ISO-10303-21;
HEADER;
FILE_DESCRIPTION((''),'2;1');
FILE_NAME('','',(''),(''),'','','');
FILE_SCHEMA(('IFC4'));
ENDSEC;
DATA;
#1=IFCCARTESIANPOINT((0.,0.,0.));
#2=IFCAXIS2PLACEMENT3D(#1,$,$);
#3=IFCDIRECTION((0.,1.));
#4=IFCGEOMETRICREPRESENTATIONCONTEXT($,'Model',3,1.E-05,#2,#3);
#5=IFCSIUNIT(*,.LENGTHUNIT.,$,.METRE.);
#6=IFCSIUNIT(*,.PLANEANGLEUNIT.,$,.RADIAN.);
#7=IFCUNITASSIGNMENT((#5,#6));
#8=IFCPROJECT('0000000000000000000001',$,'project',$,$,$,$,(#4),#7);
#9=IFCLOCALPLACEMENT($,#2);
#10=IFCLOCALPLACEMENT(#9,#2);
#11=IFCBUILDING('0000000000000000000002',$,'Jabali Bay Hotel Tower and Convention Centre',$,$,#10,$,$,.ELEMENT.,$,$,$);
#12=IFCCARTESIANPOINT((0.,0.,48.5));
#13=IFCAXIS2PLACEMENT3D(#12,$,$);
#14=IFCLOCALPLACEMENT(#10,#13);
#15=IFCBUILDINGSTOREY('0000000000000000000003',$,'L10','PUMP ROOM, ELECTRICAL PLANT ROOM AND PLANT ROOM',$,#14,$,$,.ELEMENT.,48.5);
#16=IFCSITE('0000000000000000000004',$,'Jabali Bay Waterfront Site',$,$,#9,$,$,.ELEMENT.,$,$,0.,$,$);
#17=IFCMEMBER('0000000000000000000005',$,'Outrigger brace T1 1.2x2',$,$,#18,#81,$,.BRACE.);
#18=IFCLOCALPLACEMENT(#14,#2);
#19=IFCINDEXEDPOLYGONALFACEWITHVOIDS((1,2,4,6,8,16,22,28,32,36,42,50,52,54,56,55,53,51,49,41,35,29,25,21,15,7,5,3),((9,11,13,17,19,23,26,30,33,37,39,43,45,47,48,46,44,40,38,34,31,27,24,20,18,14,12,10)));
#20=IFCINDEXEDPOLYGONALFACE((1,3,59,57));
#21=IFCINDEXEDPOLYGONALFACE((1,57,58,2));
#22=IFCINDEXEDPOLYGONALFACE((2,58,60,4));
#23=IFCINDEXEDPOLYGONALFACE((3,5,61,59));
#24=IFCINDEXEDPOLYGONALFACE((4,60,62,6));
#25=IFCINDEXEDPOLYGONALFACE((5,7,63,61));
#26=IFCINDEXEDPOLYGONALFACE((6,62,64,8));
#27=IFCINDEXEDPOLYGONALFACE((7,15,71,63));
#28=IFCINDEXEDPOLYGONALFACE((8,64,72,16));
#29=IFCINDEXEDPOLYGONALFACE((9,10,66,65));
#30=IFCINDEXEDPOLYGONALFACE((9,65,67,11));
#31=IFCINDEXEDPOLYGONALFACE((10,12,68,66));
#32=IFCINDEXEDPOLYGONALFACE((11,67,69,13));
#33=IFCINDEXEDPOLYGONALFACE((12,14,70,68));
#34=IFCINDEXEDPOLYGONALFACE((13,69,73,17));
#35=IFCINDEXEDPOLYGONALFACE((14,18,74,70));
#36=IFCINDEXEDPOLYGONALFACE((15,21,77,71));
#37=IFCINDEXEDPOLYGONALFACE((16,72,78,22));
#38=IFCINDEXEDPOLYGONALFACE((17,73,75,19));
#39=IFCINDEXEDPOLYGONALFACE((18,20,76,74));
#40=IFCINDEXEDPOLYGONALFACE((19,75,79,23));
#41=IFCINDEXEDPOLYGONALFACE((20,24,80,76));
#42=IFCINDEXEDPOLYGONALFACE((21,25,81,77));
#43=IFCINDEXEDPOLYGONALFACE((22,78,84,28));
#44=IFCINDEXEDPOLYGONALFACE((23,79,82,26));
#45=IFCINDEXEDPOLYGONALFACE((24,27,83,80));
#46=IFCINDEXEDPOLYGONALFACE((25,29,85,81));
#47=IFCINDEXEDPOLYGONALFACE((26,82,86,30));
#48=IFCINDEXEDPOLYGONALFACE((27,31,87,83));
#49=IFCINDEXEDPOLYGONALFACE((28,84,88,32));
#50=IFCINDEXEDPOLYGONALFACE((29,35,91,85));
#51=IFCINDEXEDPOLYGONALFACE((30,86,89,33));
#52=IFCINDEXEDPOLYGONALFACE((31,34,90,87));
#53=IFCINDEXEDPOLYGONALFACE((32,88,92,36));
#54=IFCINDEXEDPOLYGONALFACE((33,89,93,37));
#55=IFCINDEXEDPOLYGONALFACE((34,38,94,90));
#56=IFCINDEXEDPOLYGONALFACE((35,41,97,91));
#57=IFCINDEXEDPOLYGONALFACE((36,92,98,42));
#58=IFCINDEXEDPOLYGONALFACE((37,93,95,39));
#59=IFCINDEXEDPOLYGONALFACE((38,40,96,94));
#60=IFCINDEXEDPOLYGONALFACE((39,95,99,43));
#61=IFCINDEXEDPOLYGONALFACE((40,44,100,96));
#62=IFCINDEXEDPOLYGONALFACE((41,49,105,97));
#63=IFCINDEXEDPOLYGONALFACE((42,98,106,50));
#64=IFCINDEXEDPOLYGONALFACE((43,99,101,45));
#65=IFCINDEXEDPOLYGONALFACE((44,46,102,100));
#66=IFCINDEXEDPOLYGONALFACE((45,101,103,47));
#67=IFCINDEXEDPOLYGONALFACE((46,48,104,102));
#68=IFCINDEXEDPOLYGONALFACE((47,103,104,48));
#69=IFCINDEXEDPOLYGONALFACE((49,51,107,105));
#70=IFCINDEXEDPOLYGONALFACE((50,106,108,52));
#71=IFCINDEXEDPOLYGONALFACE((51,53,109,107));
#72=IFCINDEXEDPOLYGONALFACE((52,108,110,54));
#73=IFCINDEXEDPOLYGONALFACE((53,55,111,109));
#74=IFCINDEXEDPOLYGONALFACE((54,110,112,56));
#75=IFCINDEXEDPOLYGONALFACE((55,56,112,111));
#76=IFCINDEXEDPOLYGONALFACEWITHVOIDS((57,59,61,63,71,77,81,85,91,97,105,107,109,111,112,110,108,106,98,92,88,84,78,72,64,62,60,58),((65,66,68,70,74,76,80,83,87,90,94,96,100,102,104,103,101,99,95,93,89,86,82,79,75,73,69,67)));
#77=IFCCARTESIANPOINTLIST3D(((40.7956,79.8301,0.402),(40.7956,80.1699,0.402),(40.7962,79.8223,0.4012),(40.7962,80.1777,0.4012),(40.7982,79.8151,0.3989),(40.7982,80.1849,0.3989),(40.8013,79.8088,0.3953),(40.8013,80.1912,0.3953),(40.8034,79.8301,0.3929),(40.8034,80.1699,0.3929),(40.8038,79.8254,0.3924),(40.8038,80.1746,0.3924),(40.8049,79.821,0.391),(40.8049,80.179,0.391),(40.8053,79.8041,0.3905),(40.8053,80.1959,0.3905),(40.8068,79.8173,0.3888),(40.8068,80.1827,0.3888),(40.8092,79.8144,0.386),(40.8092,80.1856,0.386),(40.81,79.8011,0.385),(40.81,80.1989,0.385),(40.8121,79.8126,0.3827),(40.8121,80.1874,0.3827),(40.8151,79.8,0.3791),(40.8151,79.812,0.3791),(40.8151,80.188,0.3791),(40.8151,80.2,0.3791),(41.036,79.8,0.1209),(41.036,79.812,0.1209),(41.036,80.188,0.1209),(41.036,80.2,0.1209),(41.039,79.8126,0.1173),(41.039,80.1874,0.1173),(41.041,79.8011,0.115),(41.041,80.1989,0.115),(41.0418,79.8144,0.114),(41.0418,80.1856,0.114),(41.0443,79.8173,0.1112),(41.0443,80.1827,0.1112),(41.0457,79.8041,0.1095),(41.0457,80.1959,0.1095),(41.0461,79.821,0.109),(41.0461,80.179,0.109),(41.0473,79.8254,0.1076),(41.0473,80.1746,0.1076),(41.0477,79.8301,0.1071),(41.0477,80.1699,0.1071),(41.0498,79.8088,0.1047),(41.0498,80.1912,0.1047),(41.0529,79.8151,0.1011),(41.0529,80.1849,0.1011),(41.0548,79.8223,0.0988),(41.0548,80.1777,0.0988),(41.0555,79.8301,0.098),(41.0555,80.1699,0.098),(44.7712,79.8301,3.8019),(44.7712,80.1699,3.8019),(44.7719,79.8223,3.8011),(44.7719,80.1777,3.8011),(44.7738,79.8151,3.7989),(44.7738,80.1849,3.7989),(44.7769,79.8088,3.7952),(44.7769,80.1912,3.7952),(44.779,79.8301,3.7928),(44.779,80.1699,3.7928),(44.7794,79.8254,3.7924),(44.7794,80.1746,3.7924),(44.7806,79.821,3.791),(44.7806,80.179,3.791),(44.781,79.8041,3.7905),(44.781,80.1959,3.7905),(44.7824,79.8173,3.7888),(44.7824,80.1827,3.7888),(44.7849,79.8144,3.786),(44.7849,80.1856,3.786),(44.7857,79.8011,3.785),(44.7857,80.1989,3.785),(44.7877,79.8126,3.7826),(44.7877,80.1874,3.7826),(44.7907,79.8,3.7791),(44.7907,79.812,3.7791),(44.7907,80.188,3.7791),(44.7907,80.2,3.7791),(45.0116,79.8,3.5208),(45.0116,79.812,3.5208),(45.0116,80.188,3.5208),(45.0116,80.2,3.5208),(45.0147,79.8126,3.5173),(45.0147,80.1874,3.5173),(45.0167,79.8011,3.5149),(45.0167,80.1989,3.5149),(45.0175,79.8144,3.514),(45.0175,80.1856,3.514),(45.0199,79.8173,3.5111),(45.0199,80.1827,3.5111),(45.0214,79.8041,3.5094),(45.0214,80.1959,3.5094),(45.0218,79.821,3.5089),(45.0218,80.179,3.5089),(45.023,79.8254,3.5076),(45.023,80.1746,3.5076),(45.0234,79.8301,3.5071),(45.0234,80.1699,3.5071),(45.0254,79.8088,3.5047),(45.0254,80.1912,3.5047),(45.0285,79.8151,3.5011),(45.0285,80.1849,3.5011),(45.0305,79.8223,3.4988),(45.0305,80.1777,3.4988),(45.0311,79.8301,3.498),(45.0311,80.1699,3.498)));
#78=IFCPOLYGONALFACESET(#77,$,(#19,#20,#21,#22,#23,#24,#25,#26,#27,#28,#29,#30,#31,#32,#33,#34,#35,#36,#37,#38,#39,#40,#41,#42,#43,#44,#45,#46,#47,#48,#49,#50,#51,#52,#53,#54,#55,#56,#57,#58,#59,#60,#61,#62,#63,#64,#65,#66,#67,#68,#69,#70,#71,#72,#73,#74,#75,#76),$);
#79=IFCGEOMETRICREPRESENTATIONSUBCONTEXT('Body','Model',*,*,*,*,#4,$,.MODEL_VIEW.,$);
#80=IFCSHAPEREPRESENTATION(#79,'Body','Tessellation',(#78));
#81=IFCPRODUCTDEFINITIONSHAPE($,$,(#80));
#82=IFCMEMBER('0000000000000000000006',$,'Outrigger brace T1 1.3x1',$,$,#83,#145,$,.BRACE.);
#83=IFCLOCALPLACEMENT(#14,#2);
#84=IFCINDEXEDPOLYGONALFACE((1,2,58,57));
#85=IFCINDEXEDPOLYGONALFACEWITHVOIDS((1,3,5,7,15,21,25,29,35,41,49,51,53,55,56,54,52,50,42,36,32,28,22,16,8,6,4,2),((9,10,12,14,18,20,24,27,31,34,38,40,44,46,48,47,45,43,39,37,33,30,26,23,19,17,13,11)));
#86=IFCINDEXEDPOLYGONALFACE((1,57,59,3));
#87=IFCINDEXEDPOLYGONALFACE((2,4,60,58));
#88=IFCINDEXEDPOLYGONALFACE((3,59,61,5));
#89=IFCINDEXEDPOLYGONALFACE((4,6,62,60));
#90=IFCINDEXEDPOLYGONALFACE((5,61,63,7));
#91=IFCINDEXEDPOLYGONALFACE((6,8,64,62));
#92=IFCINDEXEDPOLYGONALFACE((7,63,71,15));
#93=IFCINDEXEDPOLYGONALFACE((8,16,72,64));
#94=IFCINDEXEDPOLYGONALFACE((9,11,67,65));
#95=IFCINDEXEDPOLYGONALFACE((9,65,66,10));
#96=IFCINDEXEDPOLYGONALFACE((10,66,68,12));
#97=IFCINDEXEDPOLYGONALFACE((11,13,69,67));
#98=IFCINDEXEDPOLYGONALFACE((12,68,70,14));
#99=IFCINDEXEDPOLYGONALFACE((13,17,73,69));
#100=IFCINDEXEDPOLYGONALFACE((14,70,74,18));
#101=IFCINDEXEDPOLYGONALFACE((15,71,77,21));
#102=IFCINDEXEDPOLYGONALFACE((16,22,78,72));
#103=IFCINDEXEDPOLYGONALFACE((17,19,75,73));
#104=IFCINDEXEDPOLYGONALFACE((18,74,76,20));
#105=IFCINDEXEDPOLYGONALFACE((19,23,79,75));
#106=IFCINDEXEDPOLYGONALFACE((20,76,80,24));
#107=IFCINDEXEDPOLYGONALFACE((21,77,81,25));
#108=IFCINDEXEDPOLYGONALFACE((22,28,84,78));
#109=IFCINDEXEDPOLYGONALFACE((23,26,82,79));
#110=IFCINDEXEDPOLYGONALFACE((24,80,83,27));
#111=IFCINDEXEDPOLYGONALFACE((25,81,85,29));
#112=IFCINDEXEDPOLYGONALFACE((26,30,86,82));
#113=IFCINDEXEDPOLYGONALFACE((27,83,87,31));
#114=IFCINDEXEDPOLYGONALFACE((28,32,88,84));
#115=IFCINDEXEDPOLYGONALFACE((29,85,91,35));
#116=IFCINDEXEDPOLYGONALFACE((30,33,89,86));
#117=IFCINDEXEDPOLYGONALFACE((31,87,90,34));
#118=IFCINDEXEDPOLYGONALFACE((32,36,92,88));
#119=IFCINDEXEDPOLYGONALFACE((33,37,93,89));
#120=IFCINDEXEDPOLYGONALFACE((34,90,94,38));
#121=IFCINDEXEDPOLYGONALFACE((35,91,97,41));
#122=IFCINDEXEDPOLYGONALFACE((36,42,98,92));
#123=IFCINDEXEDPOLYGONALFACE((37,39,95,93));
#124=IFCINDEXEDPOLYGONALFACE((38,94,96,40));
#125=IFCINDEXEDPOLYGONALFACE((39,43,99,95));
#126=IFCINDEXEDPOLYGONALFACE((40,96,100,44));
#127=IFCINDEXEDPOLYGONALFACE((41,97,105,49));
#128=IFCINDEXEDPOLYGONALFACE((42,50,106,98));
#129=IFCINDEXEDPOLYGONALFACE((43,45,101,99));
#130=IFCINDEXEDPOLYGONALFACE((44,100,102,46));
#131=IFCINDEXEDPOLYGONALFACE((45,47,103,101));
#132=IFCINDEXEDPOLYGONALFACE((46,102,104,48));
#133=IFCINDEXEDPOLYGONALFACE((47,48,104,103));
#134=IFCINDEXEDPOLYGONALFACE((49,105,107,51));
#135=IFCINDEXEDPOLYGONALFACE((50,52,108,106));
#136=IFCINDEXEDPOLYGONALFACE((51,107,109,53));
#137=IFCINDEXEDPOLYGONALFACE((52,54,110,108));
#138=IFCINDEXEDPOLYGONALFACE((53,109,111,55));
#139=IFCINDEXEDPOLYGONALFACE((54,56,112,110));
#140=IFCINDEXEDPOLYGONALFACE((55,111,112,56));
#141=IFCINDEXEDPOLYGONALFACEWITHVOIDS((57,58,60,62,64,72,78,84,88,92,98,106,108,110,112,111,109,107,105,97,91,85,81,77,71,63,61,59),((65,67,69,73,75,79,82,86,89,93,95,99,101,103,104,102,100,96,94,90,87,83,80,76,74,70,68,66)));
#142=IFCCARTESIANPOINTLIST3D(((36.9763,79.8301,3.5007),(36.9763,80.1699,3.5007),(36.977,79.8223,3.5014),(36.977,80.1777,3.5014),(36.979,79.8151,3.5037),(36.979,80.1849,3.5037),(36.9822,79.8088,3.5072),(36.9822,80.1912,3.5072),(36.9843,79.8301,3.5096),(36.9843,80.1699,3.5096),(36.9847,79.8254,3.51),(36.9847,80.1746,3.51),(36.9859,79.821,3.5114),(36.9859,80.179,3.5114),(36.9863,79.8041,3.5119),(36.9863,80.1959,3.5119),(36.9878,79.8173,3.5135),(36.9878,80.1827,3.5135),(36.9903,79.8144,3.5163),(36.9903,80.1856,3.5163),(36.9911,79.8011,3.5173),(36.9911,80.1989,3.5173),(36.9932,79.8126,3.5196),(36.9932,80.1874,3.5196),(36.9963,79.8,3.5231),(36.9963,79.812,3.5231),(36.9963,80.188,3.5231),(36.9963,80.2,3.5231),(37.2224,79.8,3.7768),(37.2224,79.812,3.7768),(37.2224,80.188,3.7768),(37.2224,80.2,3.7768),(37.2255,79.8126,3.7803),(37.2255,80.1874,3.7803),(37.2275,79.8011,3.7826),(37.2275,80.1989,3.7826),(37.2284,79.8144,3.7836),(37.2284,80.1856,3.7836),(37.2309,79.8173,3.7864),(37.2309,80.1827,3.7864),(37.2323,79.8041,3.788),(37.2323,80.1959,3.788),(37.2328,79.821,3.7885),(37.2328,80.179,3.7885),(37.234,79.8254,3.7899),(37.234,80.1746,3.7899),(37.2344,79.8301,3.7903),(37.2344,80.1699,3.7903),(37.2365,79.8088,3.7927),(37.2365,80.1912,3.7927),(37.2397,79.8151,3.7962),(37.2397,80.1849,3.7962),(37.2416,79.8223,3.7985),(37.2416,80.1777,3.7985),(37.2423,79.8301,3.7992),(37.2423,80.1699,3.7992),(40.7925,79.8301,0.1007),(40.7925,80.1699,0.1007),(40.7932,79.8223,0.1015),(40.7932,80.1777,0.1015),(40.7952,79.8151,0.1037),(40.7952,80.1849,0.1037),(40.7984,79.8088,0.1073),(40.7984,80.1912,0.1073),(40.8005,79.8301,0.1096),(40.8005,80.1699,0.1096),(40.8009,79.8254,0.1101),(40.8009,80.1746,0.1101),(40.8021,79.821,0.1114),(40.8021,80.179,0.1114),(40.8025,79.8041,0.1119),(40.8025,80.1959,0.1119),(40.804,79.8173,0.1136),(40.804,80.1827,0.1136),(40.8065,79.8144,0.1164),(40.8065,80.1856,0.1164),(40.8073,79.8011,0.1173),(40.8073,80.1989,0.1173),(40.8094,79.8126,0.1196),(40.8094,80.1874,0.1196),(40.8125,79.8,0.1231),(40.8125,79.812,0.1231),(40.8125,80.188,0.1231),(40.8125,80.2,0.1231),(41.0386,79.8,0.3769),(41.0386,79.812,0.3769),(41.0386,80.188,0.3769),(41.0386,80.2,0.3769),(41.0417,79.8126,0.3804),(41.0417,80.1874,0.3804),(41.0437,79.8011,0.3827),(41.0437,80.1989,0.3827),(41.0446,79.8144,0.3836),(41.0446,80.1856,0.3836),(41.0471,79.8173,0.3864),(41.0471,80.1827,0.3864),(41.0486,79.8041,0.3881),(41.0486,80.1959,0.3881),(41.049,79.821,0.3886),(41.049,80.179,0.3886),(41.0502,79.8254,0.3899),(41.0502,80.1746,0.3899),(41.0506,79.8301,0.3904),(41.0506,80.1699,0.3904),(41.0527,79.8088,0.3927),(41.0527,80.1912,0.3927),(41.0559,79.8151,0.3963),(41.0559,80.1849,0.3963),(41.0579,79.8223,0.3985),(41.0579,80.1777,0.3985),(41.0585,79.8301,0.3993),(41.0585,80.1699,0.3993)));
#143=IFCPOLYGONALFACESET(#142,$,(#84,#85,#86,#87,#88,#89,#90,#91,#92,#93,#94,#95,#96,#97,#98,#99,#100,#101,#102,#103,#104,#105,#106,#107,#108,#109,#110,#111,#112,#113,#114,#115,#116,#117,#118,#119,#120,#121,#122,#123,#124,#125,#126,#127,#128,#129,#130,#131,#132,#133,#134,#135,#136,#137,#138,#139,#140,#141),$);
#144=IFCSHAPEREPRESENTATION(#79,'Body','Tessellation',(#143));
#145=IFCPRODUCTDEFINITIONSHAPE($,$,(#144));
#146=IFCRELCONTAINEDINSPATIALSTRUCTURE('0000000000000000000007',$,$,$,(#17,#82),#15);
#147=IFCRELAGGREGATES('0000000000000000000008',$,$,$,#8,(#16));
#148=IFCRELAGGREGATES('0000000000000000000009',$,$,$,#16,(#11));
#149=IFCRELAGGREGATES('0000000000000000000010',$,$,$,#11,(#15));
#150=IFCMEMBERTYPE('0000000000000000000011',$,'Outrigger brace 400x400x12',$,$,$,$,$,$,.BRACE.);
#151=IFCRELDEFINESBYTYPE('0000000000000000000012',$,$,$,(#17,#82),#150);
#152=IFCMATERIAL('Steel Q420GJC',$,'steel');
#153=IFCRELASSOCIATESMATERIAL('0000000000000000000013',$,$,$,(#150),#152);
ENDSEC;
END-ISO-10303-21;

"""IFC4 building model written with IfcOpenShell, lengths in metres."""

from ifc_helpers import new_model, si_unit, direction, frame, origin, origin_2d, place, context, subcontext, project, spatial, hollow_rectangle, extrude, material, material_profile, profile_set, type_object, element, save


model = new_model("IFC4")

# Units and contexts
model_context = context("Model", 3, precision=1e-05, world=origin(), true_north=direction((0.0, 1.0)))
body_context = subcontext(model_context, "Body", "Model", "MODEL_VIEW")
ifc_project = project(units=[si_unit("LENGTHUNIT", "METRE"), si_unit("PLANEANGLEUNIT", "RADIAN")], contexts=[model_context])

# Site, building, storey
site_placement = place(None, origin())
site = spatial("IfcSite", under=ifc_project, at=site_placement, Name="Jabali Bay Waterfront Site", CompositionType="ELEMENT", RefElevation=0.0)
building_placement = place(site_placement, origin())
building = spatial("IfcBuilding", under=site, at=building_placement, Name="Jabali Bay Hotel Tower and Convention Centre", CompositionType="ELEMENT")
storey_placement = place(building_placement, frame((0.0, 0.0, 48.5)))
storey = spatial("IfcBuildingStorey", under=building, at=storey_placement, Name="L10", Description="PUMP ROOM, ELECTRICAL PLANT ROOM AND PLANT ROOM", CompositionType="ELEMENT", Elevation=48.5)

# Members
ifc_material_1 = material(Name="Steel Q420GJC", Category="steel")
ifc_material_profile_1 = material_profile(ifc_material_1, hollow_rectangle(XDim=0.3999, YDim=0.3999, WallThickness=0.012, InnerFilletRadius=0.0181, OuterFilletRadius=0.03, at=origin_2d()), Name="Outrigger brace 400x400x12")
ifc_profile_set_1 = profile_set([ifc_material_profile_1], Name="Steel Q420GJC")
member_type_1 = type_object("IfcMemberType", Name="Outrigger brace 400x400x12", PredefinedType="BRACE", material=ifc_profile_set_1)
member_1_placement = place(storey_placement, frame((40.9255, 80.0, 0.25), z_axis=(0.759987, 0.0, 0.649938), x_axis=(0.0, 1.0, 0.0)))
element("IfcMember", 1, at=member_1_placement, inside=storey, type_object=member_type_1, Name="Outrigger brace T1 1.2x2", PredefinedType="BRACE", context=body_context, shape_type="SweptSolid", body=[
    extrude(hollow_rectangle(XDim=0.3999, YDim=0.3999, WallThickness=0.012, InnerFilletRadius=0.0181, OuterFilletRadius=0.03, at=origin_2d()), origin(), (0.0, 0.0, 1.0), 5.2312),
])
member_2_placement = place(storey_placement, frame((40.9255, 80.0, 0.25), z_axis=(-0.746655, 0.0, 0.665211), x_axis=(0.0, -1.0, 0.0)))
element("IfcMember", 2, at=member_2_placement, inside=storey, type_object=member_type_1, Name="Outrigger brace T1 1.3x1", PredefinedType="BRACE", context=body_context, shape_type="SweptSolid", body=[
    extrude(hollow_rectangle(XDim=0.3999, YDim=0.3999, WallThickness=0.012, InnerFilletRadius=0.0181, OuterFilletRadius=0.03, at=origin_2d()), origin(), (0.0, 0.0, 1.0), 5.1111),
])

save(model, "model.ifc")
